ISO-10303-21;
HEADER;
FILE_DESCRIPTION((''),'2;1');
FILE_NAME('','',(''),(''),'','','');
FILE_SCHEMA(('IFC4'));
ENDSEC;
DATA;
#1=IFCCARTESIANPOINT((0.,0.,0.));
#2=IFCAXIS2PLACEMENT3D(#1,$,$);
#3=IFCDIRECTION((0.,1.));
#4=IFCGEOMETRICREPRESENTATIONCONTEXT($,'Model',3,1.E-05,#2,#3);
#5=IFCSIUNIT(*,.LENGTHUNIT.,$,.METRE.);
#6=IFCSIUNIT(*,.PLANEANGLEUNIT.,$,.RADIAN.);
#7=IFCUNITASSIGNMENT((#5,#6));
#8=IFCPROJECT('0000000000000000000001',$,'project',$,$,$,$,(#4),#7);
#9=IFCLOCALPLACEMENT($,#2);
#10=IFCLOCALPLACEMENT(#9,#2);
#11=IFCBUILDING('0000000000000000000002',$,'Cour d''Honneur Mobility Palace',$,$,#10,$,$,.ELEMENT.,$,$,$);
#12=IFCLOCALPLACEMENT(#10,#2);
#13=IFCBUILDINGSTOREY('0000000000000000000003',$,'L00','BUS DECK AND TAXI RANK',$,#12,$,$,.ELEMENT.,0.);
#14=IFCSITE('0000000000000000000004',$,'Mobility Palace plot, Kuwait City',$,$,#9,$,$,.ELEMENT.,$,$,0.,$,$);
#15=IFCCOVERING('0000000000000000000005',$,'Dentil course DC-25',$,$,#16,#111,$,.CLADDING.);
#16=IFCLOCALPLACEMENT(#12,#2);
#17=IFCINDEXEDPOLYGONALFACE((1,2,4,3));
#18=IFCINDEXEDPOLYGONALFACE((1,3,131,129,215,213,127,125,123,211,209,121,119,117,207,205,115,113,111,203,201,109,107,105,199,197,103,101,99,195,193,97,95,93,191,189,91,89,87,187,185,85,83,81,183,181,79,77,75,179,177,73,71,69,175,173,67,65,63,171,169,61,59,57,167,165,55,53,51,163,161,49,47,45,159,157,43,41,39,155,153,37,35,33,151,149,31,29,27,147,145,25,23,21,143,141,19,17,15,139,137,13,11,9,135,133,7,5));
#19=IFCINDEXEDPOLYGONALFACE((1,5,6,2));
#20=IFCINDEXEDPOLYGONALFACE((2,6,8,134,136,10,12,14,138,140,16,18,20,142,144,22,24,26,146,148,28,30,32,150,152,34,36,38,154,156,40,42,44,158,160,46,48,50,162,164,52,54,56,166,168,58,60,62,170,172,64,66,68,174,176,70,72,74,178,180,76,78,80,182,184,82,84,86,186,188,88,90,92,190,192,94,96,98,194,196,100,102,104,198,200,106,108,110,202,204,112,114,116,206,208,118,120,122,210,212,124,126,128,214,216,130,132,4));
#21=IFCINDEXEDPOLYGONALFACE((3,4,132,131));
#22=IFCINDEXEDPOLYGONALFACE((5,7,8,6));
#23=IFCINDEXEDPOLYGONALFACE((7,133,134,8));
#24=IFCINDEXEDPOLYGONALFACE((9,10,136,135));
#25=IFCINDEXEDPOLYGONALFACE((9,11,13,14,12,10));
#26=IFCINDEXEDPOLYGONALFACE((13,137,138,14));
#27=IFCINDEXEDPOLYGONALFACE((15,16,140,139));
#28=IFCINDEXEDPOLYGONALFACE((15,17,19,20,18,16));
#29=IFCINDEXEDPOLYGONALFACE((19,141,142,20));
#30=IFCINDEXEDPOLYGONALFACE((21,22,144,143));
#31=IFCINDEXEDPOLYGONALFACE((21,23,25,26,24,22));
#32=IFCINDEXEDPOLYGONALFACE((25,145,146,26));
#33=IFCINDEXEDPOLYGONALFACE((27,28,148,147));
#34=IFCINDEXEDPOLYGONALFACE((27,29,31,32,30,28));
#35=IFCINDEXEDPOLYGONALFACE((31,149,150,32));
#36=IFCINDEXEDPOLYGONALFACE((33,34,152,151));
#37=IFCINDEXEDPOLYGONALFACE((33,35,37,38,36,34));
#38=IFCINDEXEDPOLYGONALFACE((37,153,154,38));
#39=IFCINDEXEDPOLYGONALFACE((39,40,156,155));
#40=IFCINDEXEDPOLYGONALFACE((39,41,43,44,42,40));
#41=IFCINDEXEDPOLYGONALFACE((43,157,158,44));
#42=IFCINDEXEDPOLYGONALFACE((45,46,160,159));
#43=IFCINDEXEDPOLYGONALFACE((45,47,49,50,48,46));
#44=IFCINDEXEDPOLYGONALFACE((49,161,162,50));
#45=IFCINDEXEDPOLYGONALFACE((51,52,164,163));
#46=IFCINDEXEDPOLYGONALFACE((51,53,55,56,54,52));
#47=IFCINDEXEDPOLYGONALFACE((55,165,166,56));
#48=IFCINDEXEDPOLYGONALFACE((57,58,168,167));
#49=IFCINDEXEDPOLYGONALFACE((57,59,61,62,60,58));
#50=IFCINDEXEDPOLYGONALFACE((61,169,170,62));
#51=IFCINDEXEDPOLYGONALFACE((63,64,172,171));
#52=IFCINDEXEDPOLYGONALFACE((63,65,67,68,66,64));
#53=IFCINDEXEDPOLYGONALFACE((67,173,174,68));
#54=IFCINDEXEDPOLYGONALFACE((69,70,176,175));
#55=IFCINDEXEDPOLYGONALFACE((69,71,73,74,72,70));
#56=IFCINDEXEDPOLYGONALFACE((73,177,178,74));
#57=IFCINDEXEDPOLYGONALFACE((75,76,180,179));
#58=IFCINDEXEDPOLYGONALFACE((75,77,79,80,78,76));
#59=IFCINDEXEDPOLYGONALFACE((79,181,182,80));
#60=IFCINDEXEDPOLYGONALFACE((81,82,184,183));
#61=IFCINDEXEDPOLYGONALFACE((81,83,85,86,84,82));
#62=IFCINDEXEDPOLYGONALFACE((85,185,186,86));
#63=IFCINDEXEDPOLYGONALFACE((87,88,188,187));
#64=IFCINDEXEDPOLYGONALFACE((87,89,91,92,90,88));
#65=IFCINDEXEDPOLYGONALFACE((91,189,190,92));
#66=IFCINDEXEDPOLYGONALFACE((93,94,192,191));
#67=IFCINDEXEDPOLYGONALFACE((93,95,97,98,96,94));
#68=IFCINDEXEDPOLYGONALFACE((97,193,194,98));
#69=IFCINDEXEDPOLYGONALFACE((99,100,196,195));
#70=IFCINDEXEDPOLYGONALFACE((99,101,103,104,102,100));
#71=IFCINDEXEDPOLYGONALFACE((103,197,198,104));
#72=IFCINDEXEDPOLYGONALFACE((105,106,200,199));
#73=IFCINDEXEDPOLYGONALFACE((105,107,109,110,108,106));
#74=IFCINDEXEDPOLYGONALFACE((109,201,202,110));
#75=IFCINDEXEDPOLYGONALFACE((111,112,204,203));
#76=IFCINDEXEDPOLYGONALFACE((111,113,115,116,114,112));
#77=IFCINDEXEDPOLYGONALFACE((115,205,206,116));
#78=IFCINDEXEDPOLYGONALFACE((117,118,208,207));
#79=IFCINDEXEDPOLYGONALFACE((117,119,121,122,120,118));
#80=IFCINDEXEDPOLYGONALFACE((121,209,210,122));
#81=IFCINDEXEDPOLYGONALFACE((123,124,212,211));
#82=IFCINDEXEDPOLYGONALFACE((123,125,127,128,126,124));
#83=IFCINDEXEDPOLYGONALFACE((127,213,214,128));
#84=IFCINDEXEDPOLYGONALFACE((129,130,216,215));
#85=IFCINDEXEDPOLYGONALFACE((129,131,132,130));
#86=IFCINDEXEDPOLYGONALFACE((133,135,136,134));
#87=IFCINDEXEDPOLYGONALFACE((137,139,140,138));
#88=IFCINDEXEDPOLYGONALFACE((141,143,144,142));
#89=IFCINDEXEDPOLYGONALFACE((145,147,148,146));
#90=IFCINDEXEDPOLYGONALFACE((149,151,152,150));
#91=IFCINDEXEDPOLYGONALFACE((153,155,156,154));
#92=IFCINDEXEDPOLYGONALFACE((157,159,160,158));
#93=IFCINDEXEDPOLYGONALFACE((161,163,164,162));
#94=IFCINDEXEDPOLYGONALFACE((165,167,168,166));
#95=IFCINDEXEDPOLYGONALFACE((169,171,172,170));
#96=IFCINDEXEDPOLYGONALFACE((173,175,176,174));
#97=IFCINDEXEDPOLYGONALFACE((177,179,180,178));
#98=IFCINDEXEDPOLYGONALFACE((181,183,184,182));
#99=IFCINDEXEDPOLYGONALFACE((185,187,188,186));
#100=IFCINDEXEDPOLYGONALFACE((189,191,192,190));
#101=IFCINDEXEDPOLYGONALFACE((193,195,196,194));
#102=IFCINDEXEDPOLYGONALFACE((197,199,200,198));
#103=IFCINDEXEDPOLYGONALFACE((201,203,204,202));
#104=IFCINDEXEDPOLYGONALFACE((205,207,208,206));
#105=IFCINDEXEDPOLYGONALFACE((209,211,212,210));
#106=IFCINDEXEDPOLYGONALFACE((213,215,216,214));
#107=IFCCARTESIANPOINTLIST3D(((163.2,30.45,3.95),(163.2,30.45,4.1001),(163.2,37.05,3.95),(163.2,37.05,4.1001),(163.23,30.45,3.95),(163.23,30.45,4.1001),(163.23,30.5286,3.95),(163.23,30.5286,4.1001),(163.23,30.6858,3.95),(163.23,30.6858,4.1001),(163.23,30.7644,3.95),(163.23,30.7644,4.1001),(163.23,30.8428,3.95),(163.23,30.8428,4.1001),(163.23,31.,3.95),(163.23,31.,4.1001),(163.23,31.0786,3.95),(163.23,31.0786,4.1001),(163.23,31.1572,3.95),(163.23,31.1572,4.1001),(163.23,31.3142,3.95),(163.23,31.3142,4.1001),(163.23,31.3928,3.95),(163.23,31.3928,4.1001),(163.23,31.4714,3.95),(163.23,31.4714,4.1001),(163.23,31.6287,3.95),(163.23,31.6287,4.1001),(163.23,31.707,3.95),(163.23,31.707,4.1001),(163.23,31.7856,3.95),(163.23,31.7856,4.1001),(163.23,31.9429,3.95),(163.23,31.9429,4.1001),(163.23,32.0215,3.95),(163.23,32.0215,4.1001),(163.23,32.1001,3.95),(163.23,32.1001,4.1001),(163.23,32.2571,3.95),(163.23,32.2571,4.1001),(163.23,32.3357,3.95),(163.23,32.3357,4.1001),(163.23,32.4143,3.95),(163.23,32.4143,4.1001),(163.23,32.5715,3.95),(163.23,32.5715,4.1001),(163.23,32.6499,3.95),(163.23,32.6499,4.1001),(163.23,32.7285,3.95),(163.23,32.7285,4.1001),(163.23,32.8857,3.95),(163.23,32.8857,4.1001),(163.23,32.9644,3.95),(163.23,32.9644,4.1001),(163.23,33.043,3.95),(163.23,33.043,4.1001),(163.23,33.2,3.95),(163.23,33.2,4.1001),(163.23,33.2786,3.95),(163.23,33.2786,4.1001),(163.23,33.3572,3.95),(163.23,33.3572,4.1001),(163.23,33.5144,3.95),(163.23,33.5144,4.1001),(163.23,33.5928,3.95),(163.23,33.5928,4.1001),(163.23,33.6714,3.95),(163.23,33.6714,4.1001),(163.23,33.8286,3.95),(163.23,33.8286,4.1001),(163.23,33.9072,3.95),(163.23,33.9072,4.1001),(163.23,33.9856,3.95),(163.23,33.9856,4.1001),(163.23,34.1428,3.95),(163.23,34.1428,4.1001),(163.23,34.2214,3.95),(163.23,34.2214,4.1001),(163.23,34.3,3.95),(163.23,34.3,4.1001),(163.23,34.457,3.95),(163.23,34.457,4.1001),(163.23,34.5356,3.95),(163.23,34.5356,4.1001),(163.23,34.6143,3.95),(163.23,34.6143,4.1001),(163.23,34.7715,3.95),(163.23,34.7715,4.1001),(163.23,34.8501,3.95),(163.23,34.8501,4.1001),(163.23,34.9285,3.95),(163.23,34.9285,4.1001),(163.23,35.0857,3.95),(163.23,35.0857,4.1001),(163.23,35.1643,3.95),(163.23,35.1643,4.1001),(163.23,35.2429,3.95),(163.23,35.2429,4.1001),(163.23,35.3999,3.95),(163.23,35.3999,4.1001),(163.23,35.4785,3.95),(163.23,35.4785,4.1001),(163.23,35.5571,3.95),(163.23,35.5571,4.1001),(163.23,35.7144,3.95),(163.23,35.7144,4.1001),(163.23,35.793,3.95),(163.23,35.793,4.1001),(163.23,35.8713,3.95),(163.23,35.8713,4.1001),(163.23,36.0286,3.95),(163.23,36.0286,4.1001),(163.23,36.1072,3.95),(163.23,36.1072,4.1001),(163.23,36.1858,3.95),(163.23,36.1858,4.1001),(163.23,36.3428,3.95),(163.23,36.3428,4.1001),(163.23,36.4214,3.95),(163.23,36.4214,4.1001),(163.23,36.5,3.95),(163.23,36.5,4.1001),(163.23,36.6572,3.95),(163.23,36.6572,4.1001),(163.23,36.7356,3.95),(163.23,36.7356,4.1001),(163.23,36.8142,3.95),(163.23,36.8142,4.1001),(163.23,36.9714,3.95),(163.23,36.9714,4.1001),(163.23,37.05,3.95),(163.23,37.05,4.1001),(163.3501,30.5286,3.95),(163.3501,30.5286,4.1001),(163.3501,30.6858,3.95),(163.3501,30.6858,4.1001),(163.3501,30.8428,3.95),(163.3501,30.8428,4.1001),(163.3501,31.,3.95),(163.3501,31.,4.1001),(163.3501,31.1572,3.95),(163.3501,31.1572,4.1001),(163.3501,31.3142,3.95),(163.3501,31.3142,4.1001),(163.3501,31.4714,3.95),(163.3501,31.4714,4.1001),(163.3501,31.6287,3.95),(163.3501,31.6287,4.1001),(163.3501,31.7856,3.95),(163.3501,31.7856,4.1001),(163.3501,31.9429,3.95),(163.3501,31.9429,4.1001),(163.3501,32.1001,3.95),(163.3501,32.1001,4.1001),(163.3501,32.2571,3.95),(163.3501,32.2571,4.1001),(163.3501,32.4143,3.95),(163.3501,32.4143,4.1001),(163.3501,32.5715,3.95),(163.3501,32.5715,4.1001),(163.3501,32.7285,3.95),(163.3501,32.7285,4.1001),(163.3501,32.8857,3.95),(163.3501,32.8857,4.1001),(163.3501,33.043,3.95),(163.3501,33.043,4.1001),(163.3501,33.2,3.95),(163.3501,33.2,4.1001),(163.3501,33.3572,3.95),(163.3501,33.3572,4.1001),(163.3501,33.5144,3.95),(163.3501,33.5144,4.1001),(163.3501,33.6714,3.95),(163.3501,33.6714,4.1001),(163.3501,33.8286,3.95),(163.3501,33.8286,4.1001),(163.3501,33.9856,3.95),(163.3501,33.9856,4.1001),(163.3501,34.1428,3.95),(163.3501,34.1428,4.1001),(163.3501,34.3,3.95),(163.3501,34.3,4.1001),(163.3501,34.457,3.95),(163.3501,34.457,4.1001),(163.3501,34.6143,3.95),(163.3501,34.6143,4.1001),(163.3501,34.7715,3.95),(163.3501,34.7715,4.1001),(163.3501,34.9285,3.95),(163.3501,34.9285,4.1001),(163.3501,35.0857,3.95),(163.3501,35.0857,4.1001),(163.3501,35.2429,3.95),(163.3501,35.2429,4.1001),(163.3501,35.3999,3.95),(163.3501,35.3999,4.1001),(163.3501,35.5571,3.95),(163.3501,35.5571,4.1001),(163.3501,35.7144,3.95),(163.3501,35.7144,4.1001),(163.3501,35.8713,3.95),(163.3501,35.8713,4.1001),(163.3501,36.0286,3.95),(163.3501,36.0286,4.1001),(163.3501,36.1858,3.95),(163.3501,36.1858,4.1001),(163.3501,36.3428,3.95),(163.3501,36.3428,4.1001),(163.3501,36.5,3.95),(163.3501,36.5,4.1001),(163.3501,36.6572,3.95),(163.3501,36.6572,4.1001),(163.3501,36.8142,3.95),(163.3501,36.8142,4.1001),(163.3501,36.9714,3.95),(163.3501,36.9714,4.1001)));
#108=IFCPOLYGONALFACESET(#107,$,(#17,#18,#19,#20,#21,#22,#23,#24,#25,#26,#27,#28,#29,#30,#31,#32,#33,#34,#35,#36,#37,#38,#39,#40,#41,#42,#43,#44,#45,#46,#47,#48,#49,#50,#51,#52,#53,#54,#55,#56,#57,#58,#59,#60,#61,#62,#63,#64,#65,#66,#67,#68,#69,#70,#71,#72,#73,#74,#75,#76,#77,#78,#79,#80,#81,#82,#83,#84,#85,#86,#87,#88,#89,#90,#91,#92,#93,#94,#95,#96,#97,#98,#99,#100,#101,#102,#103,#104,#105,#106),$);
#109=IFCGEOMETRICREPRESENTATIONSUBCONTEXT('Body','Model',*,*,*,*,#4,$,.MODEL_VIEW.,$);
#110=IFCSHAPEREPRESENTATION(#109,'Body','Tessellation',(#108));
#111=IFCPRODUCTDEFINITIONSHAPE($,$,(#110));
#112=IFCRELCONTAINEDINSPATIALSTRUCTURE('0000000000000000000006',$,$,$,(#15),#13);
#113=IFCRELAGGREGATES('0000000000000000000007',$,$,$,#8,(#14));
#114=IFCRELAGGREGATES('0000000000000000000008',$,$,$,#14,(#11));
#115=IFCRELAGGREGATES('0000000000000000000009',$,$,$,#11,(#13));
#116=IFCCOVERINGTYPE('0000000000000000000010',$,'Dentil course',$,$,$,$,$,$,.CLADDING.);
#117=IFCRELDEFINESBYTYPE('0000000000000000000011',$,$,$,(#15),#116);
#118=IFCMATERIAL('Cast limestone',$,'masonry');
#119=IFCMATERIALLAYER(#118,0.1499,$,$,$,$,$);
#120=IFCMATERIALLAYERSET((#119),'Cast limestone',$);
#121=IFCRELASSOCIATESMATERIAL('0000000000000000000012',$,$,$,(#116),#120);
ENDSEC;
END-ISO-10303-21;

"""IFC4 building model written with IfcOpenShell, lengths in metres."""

from ifc_helpers import new_model, si_unit, direction, frame, origin, place, context, subcontext, project, spatial, polyline, outline, extrude, material, layer, layer_set, type_object, element, save


model = new_model("IFC4")

# Units and contexts
model_context = context("Model", 3, precision=1e-05, world=origin(), true_north=direction((0.0, 1.0)))
body_context = subcontext(model_context, "Body", "Model", "MODEL_VIEW")
ifc_project = project(units=[si_unit("LENGTHUNIT", "METRE"), si_unit("PLANEANGLEUNIT", "RADIAN")], contexts=[model_context])

# Site, building, storey
site_placement = place(None, origin())
site = spatial("IfcSite", under=ifc_project, at=site_placement, Name="Mobility Palace plot, Kuwait City", CompositionType="ELEMENT", RefElevation=0.0)
building_placement = place(site_placement, origin())
building = spatial("IfcBuilding", under=site, at=building_placement, Name="Cour d'Honneur Mobility Palace", CompositionType="ELEMENT")
storey_placement = place(building_placement, origin())
storey = spatial("IfcBuildingStorey", under=building, at=storey_placement, Name="L00", Description="BUS DECK AND TAXI RANK", CompositionType="ELEMENT", Elevation=0.0)

# Covering
ifc_material = material(Name="Cast limestone", Category="masonry")
ifc_layer = layer(ifc_material, 0.1499)
ifc_layer_set = layer_set([ifc_layer], Name="Cast limestone")
covering_type = type_object("IfcCoveringType", Name="Dentil course", PredefinedType="CLADDING", material=ifc_layer_set)
covering_1_placement = place(storey_placement, frame((0.0, 0.0, 3.95)))
element("IfcCovering", 1, at=covering_1_placement, inside=storey, type_object=covering_type, Name="Dentil course DC-25", PredefinedType="CLADDING", context=body_context, shape_type="SweptSolid", body=[
    extrude(outline(polyline([(163.2, 30.45), (163.2, 37.05), (163.23, 37.05), (163.23, 37.05), (163.23, 36.9714), (163.3501, 36.9714), (163.3501, 36.8142), (163.23, 36.8142), (163.23, 36.7356), (163.23, 36.7356), (163.23, 36.6572), (163.3501, 36.6572), (163.3501, 36.5), (163.23, 36.5), (163.23, 36.4214), (163.23, 36.4214), (163.23, 36.3428), (163.3501, 36.3428), (163.3501, 36.1858), (163.23, 36.1858), (163.23, 36.1072), (163.23, 36.1072), (163.23, 36.0286), (163.3501, 36.0286), (163.3501, 35.8713), (163.23, 35.8713), (163.23, 35.793), (163.23, 35.793), (163.23, 35.7144), (163.3501, 35.7144), (163.3501, 35.5571), (163.23, 35.5571), (163.23, 35.4785), (163.23, 35.4785), (163.23, 35.3999), (163.3501, 35.3999), (163.3501, 35.2429), (163.23, 35.2429), (163.23, 35.1643), (163.23, 35.1643), (163.23, 35.0857), (163.3501, 35.0857), (163.3501, 34.9285), (163.23, 34.9285), (163.23, 34.8501), (163.23, 34.8501), (163.23, 34.7715), (163.3501, 34.7715), (163.3501, 34.6143), (163.23, 34.6143), (163.23, 34.5356), (163.23, 34.5356), (163.23, 34.457), (163.3501, 34.457), (163.3501, 34.3), (163.23, 34.3), (163.23, 34.2214), (163.23, 34.2214), (163.23, 34.1428), (163.3501, 34.1428), (163.3501, 33.9856), (163.23, 33.9856), (163.23, 33.9072), (163.23, 33.9072), (163.23, 33.8286), (163.3501, 33.8286), (163.3501, 33.6714), (163.23, 33.6714), (163.23, 33.5928), (163.23, 33.5928), (163.23, 33.5144), (163.3501, 33.5144), (163.3501, 33.3572), (163.23, 33.3572), (163.23, 33.2786), (163.23, 33.2786), (163.23, 33.2), (163.3501, 33.2), (163.3501, 33.043), (163.23, 33.043), (163.23, 32.9644), (163.23, 32.9644), (163.23, 32.8857), (163.3501, 32.8857), (163.3501, 32.7285), (163.23, 32.7285), (163.23, 32.6499), (163.23, 32.6499), (163.23, 32.5715), (163.3501, 32.5715), (163.3501, 32.4143), (163.23, 32.4143), (163.23, 32.3357), (163.23, 32.3357), (163.23, 32.2571), (163.3501, 32.2571), (163.3501, 32.1001), (163.23, 32.1001), (163.23, 32.0215), (163.23, 32.0215), (163.23, 31.9429), (163.3501, 31.9429), (163.3501, 31.7856), (163.23, 31.7856), (163.23, 31.707), (163.23, 31.707), (163.23, 31.6287), (163.3501, 31.6287), (163.3501, 31.4714), (163.23, 31.4714), (163.23, 31.3928), (163.23, 31.3928), (163.23, 31.3142), (163.3501, 31.3142), (163.3501, 31.1572), (163.23, 31.1572), (163.23, 31.0786), (163.23, 31.0786), (163.23, 31.0), (163.3501, 31.0), (163.3501, 30.8428), (163.23, 30.8428), (163.23, 30.7644), (163.23, 30.7644), (163.23, 30.6858), (163.3501, 30.6858), (163.3501, 30.5286), (163.23, 30.5286), (163.23, 30.45), (163.2, 30.45)])), origin(), (0.0, 0.0, 1.0), 0.1501),
])

save(model, "model.ifc")
